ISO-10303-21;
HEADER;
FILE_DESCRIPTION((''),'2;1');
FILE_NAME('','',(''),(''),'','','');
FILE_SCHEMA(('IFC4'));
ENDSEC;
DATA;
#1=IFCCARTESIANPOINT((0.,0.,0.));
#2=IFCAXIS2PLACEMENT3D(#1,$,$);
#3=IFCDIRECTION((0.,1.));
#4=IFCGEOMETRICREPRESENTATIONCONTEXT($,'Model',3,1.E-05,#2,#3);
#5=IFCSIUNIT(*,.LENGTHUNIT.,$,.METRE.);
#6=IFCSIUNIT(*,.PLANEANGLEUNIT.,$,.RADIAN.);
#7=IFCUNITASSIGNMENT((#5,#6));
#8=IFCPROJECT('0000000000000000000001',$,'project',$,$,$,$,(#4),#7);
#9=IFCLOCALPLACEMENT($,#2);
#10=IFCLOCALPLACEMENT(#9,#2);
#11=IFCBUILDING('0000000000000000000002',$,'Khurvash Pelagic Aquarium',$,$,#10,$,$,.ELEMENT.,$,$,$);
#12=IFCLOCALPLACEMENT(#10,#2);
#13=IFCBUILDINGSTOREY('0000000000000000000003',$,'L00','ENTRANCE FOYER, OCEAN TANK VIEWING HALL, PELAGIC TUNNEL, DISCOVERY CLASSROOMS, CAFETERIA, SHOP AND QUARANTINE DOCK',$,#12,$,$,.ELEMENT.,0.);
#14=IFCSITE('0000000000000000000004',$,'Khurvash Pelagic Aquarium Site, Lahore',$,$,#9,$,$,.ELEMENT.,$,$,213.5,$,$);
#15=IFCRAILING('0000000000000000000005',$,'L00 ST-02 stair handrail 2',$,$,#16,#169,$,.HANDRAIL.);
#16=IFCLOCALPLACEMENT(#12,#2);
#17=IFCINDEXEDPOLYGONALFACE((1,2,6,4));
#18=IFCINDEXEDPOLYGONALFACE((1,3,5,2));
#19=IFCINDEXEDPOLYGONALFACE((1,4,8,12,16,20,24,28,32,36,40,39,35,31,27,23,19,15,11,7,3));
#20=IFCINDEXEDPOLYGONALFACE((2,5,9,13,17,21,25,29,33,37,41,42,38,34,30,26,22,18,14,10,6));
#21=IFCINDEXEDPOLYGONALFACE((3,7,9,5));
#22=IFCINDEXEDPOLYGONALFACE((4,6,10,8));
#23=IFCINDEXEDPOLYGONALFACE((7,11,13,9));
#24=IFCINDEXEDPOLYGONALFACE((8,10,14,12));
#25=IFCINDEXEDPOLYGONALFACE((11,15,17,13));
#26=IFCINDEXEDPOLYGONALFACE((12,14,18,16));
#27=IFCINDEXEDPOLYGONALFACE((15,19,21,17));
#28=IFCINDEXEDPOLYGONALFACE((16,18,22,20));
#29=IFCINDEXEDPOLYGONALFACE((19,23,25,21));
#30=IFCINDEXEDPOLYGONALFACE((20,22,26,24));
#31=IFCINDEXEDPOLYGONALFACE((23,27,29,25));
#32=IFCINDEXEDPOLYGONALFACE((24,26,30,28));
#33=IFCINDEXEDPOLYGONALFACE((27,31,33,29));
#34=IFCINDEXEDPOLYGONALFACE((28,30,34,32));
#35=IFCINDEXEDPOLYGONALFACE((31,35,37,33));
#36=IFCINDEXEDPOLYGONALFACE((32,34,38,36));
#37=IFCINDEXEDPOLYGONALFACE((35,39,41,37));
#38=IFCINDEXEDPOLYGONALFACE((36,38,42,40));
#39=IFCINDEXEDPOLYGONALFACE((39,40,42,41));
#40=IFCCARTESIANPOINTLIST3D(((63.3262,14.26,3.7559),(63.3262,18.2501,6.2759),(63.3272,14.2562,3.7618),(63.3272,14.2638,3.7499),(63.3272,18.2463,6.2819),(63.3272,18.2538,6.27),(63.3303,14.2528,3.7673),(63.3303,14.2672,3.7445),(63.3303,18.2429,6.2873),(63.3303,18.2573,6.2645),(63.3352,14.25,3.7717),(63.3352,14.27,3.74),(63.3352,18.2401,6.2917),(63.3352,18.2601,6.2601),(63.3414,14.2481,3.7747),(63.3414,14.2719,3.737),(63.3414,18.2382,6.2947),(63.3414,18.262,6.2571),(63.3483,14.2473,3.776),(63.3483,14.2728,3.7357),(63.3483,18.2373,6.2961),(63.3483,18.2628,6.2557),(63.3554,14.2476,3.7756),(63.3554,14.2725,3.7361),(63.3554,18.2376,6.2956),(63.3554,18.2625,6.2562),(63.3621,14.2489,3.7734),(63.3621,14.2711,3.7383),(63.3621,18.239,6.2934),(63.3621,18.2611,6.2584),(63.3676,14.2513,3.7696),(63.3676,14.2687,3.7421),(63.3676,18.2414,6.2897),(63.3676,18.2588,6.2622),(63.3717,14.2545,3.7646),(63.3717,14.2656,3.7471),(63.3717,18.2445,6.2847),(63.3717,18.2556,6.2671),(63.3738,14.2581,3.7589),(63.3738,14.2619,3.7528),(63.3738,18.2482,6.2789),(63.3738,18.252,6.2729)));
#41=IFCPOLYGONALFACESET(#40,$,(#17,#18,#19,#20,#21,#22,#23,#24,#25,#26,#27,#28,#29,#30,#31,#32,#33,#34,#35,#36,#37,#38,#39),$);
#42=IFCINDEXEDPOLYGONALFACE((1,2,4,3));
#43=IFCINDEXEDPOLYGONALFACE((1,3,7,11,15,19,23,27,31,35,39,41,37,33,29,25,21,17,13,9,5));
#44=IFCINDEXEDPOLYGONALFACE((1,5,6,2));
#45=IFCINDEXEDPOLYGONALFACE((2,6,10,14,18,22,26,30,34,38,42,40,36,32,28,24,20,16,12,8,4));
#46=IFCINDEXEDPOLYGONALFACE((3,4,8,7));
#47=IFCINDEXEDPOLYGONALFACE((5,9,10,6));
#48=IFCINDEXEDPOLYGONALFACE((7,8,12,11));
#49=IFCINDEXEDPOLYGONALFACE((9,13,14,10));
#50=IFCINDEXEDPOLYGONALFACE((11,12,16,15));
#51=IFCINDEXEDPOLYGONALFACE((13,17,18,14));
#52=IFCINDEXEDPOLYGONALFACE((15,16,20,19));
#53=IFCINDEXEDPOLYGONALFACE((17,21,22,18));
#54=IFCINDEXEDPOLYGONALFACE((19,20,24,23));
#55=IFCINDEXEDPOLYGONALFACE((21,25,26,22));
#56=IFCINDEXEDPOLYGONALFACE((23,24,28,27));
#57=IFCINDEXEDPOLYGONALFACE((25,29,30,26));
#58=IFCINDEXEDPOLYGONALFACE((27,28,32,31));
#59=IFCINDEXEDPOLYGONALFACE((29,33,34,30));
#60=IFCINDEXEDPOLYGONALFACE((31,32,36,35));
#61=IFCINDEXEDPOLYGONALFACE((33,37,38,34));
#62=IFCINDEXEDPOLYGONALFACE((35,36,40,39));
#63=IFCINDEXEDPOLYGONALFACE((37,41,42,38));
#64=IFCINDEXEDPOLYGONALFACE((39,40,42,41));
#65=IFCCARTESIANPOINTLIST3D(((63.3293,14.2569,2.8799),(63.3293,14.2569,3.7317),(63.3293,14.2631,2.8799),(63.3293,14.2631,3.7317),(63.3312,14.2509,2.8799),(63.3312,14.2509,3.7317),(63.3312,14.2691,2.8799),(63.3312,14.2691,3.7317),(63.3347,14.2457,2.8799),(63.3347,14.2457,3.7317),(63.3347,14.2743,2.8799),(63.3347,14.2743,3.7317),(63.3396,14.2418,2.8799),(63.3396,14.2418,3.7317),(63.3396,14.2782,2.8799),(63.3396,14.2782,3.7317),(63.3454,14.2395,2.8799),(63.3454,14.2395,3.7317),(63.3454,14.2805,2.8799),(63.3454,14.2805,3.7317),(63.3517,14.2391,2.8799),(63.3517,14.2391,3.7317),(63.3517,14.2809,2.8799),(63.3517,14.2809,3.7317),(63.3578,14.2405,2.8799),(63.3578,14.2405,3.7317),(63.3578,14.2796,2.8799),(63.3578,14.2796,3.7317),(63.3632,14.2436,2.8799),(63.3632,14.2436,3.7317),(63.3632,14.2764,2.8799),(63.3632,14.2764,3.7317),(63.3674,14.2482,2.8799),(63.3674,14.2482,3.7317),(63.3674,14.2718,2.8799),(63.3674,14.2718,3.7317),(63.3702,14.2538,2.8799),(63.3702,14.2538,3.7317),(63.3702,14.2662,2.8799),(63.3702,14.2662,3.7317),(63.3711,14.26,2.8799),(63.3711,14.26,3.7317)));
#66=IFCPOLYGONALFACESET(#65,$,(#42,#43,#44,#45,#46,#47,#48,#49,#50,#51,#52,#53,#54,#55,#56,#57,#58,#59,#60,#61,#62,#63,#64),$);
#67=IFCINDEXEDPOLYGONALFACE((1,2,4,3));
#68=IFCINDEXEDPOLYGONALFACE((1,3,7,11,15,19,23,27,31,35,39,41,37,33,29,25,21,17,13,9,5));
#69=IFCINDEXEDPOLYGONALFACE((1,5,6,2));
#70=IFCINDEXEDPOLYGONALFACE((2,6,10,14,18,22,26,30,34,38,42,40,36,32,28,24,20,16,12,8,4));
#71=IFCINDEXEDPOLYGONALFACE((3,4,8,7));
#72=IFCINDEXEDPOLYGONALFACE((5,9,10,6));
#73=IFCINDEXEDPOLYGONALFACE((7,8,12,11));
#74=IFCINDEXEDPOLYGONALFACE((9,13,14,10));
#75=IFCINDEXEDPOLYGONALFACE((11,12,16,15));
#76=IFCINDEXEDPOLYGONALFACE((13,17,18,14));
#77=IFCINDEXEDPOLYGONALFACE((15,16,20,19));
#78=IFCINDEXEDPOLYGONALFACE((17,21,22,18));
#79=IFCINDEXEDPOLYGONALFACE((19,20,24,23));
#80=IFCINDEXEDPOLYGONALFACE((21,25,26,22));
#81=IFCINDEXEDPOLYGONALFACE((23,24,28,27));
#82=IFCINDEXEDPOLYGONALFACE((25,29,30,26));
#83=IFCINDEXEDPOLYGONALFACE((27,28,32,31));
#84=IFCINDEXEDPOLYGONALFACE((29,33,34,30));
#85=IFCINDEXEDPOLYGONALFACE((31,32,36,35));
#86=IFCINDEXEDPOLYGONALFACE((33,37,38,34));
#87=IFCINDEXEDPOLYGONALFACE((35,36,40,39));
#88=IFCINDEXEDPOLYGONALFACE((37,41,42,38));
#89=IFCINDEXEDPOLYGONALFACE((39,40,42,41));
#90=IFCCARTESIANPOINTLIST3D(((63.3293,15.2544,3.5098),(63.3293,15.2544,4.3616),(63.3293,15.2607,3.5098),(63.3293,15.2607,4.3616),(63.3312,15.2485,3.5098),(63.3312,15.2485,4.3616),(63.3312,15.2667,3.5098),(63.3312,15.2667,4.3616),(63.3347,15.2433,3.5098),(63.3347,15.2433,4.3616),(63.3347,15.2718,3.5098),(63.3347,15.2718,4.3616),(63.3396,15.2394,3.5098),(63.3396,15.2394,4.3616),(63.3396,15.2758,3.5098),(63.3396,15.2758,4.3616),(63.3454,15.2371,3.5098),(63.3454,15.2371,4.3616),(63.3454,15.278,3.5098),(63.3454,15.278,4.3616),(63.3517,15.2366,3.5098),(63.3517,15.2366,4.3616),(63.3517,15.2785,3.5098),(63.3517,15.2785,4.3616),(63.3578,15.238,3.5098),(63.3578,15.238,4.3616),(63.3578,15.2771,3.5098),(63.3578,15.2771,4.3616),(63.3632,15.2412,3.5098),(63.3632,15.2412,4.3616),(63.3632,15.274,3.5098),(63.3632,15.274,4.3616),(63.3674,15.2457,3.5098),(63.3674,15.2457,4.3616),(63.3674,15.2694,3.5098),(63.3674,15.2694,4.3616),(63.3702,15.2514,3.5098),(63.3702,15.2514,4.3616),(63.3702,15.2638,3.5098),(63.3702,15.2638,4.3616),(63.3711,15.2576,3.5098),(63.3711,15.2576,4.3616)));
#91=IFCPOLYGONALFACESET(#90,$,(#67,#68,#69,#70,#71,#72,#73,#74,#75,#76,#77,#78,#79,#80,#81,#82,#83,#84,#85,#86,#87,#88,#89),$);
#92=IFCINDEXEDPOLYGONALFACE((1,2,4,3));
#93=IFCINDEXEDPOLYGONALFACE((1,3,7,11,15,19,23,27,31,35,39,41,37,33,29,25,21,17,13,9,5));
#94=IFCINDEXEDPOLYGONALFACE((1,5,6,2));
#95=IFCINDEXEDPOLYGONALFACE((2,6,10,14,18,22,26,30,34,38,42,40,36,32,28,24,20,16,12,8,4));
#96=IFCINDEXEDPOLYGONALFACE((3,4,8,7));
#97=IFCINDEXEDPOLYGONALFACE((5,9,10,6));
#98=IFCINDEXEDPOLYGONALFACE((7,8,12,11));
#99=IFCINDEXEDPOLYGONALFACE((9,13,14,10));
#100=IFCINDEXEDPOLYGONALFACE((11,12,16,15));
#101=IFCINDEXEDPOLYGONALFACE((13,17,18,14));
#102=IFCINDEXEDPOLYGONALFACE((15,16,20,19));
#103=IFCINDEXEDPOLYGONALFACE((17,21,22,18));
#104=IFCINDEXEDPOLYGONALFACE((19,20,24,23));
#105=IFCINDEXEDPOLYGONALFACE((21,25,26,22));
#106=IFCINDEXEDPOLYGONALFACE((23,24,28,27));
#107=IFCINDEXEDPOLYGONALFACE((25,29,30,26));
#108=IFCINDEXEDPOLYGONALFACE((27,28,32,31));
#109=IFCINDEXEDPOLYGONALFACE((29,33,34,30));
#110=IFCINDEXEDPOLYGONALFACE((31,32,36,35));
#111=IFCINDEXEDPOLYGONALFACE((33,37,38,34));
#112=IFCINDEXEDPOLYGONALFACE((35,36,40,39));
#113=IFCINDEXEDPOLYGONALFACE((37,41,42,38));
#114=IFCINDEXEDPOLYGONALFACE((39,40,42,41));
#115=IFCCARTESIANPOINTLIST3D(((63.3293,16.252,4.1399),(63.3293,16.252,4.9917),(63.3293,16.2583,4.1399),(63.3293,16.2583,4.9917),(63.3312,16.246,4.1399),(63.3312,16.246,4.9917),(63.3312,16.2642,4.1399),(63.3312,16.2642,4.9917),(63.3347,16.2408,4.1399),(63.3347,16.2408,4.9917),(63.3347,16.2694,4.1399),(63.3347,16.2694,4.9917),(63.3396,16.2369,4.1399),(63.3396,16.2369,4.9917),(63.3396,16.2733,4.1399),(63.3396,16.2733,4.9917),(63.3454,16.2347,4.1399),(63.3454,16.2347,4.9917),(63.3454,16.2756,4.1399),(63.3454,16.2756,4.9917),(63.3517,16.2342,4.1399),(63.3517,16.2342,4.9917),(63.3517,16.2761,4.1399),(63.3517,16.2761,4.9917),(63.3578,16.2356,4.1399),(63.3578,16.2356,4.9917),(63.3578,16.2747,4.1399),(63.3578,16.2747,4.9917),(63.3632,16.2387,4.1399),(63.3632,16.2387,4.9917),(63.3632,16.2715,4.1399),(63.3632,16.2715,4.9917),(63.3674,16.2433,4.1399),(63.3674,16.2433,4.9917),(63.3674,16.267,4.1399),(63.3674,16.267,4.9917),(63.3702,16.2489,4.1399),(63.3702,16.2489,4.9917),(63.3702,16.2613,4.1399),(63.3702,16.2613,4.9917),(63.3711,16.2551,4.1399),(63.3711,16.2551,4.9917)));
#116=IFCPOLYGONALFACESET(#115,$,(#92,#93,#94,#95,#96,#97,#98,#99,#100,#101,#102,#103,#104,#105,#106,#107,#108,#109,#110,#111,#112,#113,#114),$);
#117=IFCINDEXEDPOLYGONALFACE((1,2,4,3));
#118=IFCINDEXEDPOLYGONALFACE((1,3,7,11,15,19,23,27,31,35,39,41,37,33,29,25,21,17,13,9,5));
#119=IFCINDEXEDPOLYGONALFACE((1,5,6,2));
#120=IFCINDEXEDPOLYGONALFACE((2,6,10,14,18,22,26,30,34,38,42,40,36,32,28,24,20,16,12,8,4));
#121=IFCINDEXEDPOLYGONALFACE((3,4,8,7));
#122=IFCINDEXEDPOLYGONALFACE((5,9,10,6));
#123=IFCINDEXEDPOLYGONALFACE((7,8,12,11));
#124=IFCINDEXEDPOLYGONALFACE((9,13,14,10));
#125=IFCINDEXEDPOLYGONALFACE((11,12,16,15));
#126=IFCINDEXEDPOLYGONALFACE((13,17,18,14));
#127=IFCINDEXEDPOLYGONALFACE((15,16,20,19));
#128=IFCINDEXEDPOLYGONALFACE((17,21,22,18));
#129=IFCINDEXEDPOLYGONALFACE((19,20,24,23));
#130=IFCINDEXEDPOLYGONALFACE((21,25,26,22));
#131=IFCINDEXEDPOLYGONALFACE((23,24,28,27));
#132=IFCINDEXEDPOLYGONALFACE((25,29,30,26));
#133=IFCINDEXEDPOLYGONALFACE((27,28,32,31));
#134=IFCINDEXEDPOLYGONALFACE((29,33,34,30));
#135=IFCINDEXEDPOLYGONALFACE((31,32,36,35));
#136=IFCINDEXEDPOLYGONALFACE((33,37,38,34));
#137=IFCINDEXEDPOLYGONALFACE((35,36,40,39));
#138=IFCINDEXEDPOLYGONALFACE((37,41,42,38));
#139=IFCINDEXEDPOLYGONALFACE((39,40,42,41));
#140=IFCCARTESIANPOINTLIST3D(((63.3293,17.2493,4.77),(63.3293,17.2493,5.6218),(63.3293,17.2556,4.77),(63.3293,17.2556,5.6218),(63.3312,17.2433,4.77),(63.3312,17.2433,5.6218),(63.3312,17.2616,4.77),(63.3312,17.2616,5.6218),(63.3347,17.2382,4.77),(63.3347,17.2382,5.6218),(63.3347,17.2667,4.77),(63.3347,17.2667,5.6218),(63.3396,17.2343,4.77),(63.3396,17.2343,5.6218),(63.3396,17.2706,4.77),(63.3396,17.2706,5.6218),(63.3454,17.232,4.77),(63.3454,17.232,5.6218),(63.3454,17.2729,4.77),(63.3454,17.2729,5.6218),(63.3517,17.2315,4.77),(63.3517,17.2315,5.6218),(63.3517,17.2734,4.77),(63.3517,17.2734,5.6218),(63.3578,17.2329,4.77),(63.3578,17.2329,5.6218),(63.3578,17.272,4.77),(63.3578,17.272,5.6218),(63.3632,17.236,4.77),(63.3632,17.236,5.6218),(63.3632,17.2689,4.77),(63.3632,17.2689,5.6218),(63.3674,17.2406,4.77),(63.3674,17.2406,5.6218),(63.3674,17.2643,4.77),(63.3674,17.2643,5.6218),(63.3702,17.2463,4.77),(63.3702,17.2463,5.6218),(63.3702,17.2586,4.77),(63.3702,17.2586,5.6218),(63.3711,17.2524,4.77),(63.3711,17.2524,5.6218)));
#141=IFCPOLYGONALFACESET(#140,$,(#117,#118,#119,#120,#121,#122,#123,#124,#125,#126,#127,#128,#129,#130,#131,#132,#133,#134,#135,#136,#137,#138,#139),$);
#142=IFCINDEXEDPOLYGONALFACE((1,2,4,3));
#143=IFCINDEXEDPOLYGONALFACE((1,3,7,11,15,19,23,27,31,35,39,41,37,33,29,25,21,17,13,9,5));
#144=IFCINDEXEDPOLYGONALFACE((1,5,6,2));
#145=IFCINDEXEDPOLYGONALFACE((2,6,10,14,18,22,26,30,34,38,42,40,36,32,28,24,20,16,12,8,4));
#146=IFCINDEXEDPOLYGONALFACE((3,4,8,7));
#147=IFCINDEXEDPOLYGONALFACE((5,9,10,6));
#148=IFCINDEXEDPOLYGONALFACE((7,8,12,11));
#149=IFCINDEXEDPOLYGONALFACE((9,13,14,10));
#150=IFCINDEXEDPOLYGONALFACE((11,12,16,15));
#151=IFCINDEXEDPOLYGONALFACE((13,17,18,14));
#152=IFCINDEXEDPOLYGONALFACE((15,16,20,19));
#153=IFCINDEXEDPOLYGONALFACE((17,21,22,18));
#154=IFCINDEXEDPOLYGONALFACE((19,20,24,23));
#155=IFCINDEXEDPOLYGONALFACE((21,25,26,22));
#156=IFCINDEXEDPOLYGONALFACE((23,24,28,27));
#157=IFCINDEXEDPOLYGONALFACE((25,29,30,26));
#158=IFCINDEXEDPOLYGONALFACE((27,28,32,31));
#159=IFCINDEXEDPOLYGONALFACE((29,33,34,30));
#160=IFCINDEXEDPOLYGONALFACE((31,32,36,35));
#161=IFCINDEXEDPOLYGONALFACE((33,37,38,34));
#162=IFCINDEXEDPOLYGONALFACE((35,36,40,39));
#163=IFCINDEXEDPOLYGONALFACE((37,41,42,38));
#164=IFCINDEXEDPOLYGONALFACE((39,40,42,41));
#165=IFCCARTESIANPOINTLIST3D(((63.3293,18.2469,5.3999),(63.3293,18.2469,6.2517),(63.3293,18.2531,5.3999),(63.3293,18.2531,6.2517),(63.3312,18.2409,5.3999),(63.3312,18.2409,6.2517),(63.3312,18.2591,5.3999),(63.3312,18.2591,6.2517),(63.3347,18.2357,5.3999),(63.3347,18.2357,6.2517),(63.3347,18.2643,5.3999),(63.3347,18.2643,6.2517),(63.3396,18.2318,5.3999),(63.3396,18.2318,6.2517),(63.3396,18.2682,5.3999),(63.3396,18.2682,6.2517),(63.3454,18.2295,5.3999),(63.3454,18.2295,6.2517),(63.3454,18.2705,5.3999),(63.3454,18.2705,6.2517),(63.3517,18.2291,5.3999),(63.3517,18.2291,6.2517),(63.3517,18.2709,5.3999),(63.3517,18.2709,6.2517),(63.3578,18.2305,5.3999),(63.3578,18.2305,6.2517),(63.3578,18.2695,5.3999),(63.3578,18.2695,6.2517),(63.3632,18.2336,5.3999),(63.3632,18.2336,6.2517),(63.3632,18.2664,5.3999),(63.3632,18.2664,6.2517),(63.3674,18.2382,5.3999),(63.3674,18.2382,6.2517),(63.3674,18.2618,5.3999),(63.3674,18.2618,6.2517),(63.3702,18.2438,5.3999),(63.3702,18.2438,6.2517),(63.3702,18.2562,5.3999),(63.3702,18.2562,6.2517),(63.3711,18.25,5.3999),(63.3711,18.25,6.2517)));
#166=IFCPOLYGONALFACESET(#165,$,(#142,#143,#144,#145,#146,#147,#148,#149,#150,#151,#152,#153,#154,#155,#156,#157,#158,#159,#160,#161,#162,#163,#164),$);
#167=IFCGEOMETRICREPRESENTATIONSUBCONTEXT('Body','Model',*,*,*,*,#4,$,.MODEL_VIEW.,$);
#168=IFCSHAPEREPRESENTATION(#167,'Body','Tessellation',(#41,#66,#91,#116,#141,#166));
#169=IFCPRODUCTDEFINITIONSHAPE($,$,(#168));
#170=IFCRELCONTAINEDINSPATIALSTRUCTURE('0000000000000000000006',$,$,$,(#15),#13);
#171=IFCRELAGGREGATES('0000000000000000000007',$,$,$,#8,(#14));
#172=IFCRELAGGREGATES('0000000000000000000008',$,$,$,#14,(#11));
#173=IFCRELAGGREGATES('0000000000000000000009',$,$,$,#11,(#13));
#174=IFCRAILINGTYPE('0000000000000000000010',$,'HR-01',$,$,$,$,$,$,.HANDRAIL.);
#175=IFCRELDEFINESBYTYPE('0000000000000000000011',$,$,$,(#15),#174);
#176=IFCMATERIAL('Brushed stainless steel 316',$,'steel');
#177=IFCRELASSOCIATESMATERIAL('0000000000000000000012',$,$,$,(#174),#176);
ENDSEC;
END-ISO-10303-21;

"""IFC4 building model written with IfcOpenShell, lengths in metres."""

from ifc_helpers import new_model, si_unit, direction, frame, origin, origin_2d, place, context, subcontext, project, spatial, circle, extrude, material, type_object, element, save


model = new_model("IFC4")

# Units and contexts
model_context = context("Model", 3, precision=1e-05, world=origin(), true_north=direction((0.0, 1.0)))
body_context = subcontext(model_context, "Body", "Model", "MODEL_VIEW")
ifc_project = project(units=[si_unit("LENGTHUNIT", "METRE"), si_unit("PLANEANGLEUNIT", "RADIAN")], contexts=[model_context])

# Site, building, storey
site_placement = place(None, origin())
site = spatial("IfcSite", under=ifc_project, at=site_placement, Name="Khurvash Pelagic Aquarium Site, Lahore", CompositionType="ELEMENT", RefElevation=213.5)
building_placement = place(site_placement, origin())
building = spatial("IfcBuilding", under=site, at=building_placement, Name="Khurvash Pelagic Aquarium", CompositionType="ELEMENT")
storey_placement = place(building_placement, origin())
storey = spatial("IfcBuildingStorey", under=building, at=storey_placement, Name="L00", Description="ENTRANCE FOYER, OCEAN TANK VIEWING HALL, PELAGIC TUNNEL, DISCOVERY CLASSROOMS, CAFETERIA, SHOP AND QUARANTINE DOCK", CompositionType="ELEMENT", Elevation=0.0)

# Railing
ifc_material_1 = material(Name="Brushed stainless steel 316", Category="steel")
railing_type_1 = type_object("IfcRailingType", Name="HR-01", PredefinedType="HANDRAIL", material=ifc_material_1)
railing_1_placement = place(storey_placement, frame((63.3501, 14.26, 2.8799)))
element("IfcRailing", 1, at=railing_1_placement, inside=storey, type_object=railing_type_1, Name="L00 ST-02 stair handrail 2", PredefinedType="HANDRAIL", context=body_context, shape_type="SweptSolid", body=[
    extrude(circle(Radius=0.0239, at=origin_2d()), frame((0.0, 0.0, 0.876), z_axis=(0.0, 0.845486, 0.533997), x_axis=(-1.0, 0.0, 0.0)), (0.0, 0.0, 1.0), 4.7192),
    extrude(circle(Radius=0.021, at=origin_2d()), origin(), (0.0, 0.0, 1.0), 0.8518),
    extrude(circle(Radius=0.021, at=origin_2d()), frame((0.0, 0.9976, 0.6299)), (0.0, 0.0, 1.0), 0.8518),
    extrude(circle(Radius=0.021, at=origin_2d()), frame((0.0, 1.9951, 1.26)), (0.0, 0.0, 1.0), 0.8518),
    extrude(circle(Radius=0.021, at=origin_2d()), frame((0.0, 2.9924, 1.8901)), (0.0, 0.0, 1.0), 0.8518),
    extrude(circle(Radius=0.021, at=origin_2d()), frame((0.0, 3.99, 2.52)), (0.0, 0.0, 1.0), 0.8518),
])

save(model, "model.ifc")
